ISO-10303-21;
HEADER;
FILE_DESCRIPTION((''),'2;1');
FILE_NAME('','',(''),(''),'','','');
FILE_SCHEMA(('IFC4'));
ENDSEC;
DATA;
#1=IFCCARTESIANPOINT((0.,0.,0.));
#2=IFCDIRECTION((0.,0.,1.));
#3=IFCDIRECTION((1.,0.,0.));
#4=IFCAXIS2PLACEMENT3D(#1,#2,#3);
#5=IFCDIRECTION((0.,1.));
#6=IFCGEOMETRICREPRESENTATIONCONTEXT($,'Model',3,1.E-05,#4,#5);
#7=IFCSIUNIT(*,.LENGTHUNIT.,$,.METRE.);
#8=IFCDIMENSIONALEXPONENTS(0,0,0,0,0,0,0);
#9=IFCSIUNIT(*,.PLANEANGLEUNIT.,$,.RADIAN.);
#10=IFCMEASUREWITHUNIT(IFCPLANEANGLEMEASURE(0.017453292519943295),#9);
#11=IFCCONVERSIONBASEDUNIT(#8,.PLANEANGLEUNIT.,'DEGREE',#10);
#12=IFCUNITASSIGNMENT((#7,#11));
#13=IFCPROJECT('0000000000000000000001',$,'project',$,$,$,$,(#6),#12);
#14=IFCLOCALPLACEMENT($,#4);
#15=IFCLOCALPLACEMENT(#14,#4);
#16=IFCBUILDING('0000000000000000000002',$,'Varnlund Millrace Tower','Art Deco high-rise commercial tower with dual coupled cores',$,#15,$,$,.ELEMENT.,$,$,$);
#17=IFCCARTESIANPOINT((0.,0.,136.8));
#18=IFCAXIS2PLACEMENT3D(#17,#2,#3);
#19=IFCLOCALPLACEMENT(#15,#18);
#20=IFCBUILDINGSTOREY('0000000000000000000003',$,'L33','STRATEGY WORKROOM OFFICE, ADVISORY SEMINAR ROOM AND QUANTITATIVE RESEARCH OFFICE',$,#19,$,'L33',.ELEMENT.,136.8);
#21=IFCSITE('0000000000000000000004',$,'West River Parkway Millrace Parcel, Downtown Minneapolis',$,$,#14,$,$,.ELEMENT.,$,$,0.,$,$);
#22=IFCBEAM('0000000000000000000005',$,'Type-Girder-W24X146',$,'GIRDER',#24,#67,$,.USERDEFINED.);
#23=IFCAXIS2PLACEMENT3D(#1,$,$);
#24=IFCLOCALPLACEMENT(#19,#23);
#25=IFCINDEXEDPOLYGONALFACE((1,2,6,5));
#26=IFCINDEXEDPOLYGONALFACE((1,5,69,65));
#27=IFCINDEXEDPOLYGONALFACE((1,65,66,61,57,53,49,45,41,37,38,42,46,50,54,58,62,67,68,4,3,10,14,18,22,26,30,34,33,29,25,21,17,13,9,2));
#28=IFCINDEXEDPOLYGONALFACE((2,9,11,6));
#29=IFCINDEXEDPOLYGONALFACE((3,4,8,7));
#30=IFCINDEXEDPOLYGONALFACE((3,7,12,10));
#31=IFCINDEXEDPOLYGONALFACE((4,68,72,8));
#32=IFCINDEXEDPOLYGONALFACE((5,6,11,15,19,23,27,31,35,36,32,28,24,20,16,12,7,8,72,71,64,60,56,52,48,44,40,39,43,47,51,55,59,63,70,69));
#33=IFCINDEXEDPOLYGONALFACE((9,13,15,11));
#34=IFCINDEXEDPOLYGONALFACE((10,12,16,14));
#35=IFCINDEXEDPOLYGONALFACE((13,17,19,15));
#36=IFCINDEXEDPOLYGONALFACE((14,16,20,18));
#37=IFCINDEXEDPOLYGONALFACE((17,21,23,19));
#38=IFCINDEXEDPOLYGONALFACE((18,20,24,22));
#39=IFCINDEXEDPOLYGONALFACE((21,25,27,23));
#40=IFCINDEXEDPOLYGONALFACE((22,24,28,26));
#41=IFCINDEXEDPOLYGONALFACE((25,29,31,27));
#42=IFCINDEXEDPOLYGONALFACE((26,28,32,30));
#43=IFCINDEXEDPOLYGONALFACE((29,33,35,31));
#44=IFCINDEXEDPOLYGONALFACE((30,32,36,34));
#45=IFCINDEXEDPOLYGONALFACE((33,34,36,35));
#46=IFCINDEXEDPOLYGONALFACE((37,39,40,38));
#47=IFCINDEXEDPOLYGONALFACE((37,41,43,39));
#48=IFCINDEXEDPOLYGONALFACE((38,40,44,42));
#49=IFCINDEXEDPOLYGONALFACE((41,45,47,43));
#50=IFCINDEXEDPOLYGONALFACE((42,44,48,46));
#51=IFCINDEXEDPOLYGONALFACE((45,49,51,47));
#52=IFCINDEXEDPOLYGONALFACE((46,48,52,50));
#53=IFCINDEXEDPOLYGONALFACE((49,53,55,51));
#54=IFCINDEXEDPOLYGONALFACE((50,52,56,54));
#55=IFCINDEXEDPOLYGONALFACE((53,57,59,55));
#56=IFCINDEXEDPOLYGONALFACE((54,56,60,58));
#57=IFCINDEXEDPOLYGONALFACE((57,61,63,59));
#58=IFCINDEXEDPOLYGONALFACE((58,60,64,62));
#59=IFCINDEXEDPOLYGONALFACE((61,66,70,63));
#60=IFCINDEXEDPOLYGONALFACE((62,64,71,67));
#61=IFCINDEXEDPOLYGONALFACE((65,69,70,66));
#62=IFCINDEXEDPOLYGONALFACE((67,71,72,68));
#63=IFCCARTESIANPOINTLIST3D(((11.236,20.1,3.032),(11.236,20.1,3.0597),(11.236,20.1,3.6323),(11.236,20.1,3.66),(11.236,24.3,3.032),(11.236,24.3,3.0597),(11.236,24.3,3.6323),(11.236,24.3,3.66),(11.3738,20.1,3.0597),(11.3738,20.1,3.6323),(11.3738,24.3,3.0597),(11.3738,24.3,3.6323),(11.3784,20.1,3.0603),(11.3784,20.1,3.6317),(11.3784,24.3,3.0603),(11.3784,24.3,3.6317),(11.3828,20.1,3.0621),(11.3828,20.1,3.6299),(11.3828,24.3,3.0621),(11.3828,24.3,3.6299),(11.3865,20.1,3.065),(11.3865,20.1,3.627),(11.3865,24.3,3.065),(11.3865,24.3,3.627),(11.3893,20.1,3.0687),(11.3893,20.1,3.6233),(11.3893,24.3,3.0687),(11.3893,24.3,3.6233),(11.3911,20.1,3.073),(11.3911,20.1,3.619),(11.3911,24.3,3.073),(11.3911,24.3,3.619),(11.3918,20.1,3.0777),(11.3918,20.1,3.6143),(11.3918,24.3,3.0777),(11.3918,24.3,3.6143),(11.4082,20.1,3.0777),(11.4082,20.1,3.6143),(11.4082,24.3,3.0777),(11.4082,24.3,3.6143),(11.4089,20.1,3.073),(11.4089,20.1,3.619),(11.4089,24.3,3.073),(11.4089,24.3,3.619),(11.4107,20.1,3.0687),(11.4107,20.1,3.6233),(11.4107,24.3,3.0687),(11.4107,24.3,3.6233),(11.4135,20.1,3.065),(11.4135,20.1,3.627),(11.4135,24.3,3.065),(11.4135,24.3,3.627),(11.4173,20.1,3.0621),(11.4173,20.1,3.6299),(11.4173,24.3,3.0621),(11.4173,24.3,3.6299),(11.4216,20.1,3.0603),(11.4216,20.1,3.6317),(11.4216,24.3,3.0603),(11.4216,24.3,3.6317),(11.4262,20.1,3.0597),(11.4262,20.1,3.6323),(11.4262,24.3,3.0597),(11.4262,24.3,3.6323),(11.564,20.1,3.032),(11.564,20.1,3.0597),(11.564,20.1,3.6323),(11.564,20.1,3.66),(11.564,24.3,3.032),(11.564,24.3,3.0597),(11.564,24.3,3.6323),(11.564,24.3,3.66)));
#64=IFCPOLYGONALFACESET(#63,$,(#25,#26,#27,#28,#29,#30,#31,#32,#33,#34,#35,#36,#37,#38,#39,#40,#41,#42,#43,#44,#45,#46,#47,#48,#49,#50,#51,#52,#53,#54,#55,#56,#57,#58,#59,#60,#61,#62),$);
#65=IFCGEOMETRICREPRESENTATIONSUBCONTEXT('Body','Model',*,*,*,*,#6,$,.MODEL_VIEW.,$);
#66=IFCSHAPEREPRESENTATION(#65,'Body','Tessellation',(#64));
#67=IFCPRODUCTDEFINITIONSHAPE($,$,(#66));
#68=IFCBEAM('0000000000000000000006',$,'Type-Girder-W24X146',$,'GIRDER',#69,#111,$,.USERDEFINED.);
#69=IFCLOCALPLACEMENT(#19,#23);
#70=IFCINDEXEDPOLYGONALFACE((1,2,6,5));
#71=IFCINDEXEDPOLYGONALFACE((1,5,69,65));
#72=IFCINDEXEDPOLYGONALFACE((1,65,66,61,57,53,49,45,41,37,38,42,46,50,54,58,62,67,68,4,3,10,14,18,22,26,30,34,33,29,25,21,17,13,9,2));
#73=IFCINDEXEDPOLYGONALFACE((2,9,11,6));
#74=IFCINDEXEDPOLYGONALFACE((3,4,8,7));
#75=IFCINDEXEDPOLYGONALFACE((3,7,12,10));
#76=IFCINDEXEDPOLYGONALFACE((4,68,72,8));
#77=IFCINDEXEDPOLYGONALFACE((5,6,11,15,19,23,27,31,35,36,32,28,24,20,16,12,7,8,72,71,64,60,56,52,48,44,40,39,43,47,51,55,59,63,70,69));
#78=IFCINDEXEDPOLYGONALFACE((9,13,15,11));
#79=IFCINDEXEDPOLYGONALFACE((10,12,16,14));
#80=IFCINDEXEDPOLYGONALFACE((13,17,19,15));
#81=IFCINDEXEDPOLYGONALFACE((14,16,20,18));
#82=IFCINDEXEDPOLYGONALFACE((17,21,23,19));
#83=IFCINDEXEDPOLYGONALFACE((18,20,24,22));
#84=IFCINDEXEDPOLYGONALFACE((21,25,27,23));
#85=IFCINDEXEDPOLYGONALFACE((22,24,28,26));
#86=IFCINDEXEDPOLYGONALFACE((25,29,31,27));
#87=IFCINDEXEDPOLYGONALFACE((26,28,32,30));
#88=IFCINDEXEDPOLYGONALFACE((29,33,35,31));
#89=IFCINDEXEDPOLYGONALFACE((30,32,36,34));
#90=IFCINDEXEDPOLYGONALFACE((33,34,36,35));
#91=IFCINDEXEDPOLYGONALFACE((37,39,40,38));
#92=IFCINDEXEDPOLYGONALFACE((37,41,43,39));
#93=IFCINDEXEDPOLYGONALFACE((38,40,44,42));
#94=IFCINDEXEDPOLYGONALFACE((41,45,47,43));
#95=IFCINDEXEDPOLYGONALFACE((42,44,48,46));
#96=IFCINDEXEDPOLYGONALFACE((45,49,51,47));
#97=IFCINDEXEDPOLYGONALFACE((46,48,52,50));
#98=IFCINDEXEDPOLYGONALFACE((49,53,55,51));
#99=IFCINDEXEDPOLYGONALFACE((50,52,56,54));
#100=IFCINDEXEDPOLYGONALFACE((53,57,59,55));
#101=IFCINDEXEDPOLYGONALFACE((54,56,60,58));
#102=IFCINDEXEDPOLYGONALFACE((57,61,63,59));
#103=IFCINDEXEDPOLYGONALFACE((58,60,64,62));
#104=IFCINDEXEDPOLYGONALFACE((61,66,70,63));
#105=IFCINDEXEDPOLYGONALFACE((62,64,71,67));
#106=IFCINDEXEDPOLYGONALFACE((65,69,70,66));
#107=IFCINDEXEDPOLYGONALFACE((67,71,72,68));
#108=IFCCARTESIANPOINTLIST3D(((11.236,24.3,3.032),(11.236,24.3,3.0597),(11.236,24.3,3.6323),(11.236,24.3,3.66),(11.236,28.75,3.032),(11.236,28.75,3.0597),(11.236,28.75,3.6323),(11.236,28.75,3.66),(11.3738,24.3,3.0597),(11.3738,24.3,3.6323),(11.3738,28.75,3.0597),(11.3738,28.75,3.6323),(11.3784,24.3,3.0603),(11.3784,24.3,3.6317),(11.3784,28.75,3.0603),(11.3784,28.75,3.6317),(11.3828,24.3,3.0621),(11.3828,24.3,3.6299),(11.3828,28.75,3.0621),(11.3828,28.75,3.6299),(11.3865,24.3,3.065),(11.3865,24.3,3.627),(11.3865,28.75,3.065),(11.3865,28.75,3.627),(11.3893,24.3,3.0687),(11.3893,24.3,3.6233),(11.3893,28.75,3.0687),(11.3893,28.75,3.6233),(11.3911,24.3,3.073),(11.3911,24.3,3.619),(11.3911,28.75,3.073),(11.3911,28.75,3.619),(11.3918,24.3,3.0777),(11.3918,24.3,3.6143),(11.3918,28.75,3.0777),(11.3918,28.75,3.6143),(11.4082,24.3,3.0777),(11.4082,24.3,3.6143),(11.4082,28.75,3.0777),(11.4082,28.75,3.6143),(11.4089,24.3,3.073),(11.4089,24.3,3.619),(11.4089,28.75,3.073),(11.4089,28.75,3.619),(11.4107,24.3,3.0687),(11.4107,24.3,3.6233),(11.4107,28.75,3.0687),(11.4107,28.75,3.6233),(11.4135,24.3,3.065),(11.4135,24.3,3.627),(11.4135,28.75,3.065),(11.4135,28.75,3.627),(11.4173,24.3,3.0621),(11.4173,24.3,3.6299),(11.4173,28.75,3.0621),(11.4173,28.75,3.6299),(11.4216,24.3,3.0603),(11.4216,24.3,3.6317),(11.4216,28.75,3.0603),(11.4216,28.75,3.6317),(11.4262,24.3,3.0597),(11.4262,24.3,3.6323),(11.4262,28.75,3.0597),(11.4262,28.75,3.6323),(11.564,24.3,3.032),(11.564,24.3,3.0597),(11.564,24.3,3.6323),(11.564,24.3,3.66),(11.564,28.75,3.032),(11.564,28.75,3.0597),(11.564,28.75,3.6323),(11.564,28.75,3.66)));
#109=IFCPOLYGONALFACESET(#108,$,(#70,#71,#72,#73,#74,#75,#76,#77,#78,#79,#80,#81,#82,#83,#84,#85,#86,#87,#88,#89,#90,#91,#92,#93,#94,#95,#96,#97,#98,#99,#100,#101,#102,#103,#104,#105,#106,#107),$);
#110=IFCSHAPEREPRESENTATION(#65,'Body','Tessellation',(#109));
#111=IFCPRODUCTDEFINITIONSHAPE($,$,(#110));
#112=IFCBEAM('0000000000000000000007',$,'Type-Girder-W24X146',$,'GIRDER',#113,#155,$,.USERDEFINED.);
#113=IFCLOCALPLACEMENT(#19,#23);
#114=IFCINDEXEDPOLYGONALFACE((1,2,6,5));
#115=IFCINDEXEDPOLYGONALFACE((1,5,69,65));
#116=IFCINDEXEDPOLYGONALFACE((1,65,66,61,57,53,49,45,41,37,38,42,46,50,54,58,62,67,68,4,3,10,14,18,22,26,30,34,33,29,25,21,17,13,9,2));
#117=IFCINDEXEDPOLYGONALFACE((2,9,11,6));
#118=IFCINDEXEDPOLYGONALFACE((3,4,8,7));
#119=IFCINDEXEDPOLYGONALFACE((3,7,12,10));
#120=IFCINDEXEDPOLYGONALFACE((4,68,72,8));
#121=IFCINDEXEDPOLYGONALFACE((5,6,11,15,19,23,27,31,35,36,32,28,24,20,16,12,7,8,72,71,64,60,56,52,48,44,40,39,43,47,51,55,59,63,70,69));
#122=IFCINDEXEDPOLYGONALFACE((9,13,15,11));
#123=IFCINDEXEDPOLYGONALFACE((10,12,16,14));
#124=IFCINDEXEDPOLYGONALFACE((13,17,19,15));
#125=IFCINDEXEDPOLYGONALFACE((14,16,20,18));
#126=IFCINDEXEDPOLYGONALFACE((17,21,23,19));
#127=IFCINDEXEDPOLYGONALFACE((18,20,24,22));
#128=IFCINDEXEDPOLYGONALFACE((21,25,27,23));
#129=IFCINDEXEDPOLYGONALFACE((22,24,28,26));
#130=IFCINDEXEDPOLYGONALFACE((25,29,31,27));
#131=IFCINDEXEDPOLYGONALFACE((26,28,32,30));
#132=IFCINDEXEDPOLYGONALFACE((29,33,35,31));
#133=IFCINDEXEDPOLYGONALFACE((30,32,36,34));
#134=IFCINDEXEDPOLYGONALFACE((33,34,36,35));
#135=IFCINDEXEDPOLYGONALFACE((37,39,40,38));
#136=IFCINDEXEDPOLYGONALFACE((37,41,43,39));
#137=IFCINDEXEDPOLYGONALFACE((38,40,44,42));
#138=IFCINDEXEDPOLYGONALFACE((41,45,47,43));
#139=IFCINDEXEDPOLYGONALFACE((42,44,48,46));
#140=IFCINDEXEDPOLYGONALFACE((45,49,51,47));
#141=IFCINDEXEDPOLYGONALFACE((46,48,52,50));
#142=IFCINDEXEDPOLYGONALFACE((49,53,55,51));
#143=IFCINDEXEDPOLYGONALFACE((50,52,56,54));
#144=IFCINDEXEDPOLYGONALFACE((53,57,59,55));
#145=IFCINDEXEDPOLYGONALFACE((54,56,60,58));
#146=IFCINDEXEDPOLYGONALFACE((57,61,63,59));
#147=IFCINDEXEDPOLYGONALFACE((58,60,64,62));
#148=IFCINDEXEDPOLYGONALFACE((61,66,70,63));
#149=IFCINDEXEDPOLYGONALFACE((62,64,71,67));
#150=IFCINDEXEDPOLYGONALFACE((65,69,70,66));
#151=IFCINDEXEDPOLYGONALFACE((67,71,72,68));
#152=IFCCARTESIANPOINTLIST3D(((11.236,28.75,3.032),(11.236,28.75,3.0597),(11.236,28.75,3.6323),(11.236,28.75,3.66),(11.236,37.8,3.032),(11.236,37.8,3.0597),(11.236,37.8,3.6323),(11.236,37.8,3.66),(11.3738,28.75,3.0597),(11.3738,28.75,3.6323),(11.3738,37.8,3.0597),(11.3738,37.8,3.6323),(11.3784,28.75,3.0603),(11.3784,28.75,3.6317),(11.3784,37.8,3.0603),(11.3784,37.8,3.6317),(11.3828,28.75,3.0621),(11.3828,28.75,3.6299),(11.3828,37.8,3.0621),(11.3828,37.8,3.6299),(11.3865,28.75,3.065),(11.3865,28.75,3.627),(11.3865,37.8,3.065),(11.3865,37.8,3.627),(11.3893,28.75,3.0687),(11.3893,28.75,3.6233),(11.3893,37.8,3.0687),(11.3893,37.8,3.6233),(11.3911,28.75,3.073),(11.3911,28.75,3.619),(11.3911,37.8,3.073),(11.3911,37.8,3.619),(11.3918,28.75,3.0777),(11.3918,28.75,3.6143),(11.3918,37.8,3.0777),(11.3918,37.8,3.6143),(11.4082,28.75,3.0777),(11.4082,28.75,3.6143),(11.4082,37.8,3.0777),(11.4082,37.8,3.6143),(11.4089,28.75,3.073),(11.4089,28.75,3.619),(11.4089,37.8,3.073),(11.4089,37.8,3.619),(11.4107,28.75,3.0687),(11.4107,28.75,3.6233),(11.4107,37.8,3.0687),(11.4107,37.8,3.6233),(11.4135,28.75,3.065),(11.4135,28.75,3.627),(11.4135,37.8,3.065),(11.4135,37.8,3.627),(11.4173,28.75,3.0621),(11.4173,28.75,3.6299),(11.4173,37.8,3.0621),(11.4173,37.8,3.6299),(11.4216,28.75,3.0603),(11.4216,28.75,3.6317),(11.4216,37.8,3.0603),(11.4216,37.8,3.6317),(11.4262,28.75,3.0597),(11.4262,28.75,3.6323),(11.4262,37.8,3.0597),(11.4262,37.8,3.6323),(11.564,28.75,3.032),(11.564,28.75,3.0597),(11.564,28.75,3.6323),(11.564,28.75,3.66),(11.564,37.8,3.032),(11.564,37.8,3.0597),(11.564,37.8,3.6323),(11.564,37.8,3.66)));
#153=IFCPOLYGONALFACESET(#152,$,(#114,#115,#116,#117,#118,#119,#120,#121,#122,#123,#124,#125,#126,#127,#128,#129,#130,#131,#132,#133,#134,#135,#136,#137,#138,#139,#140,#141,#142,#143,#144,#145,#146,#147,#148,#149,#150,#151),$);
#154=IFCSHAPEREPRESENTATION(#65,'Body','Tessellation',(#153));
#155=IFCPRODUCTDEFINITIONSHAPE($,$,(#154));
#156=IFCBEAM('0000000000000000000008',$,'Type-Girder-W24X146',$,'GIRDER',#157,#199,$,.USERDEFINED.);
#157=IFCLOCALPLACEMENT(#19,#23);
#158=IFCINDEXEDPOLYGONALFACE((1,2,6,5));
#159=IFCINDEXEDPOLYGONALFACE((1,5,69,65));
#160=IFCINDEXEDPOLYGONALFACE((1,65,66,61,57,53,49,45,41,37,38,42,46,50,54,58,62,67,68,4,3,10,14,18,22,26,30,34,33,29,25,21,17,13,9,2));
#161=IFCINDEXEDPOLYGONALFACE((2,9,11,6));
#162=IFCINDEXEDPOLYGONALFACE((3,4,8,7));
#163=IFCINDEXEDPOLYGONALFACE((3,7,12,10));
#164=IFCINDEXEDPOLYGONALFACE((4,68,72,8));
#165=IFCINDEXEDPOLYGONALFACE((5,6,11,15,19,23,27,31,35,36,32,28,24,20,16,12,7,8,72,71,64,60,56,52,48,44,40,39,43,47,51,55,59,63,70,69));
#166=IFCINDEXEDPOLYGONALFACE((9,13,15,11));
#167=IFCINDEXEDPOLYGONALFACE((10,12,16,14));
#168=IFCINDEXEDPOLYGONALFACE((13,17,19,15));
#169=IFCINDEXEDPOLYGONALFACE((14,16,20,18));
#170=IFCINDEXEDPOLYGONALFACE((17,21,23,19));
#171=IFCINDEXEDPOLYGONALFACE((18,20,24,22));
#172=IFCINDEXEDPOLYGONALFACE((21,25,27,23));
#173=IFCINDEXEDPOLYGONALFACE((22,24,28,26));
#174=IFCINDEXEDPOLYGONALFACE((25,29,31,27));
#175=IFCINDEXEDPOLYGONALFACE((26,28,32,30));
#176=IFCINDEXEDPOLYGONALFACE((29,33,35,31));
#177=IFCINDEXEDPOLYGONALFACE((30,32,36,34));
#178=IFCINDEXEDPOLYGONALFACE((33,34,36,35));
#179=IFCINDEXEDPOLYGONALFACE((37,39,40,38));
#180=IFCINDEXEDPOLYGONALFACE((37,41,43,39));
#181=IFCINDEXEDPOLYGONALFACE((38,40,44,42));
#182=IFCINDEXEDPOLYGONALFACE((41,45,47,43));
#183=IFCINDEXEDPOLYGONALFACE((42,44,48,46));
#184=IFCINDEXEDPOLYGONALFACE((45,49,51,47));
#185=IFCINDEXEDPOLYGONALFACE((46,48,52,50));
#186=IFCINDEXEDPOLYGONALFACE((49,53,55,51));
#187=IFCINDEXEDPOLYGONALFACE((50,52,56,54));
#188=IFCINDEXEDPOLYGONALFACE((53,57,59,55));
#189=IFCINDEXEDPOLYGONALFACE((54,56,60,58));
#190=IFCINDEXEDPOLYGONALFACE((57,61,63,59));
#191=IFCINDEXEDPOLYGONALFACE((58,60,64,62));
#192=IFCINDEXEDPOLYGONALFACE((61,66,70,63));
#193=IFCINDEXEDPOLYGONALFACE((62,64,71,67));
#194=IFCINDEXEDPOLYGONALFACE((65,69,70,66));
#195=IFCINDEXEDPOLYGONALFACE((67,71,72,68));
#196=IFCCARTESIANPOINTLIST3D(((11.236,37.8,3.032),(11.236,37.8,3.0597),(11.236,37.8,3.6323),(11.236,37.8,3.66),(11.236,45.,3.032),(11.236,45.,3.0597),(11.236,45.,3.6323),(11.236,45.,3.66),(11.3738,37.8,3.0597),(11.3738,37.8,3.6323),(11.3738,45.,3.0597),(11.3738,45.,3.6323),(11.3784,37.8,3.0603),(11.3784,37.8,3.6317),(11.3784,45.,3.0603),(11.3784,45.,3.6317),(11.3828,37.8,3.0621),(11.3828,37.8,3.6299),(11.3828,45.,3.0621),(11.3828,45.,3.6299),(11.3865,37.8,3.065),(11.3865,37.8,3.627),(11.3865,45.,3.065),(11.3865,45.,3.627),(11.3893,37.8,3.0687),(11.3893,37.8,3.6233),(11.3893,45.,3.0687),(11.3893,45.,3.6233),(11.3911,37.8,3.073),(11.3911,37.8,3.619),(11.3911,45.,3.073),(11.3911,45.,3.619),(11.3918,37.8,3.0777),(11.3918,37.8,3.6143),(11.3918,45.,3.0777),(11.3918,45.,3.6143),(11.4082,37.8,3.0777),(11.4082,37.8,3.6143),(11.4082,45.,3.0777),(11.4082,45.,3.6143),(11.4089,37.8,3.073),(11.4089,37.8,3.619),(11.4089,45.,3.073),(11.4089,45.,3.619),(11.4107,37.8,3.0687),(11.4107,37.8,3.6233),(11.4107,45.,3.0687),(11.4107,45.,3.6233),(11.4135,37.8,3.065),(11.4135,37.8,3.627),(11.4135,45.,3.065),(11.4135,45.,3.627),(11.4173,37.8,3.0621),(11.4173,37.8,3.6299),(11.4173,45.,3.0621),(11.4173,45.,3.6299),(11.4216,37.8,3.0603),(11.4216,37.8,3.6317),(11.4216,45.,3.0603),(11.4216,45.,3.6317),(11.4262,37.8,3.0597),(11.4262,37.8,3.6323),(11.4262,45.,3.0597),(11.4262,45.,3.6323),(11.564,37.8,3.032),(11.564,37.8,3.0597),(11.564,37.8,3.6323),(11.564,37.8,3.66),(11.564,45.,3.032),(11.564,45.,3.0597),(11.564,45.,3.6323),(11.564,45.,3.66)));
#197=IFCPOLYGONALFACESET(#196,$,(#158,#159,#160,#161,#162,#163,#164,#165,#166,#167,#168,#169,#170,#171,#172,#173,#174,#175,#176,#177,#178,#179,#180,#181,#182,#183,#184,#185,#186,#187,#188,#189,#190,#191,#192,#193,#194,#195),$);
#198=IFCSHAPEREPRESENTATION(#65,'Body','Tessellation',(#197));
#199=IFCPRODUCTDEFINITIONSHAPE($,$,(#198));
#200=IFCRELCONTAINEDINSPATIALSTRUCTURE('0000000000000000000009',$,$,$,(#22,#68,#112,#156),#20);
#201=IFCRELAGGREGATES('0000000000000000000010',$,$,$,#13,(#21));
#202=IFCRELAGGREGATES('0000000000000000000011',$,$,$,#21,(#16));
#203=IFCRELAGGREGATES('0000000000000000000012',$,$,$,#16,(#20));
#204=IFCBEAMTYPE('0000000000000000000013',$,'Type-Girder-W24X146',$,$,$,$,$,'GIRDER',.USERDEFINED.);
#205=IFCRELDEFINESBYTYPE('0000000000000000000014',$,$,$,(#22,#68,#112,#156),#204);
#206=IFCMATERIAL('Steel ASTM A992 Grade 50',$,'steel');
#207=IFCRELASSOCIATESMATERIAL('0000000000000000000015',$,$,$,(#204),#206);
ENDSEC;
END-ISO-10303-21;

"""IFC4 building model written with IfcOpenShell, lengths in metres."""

from ifc_helpers import new_model, entity, si_unit, converted_unit, direction, frame, origin_with_axes, origin_2d_with_axis, place, context, subcontext, project, spatial, i_section, extrude, material, material_profile, profile_set, type_object, element, save


model = new_model("IFC4")

# Units and contexts
model_context = context("Model", 3, precision=1e-05, world=origin_with_axes(), true_north=direction((0.0, 1.0)))
body_context = subcontext(model_context, "Body", "Model", "MODEL_VIEW")
ifc_project = project(units=[si_unit("LENGTHUNIT", "METRE"), converted_unit("PLANEANGLEUNIT", "DEGREE", entity("IfcPlaneAngleMeasure", 0.017453292519943295), si_unit("PLANEANGLEUNIT", "RADIAN"), dimensions=[0, 0, 0, 0, 0, 0, 0])], contexts=[model_context])

# Site, building, storey
site_placement = place(None, origin_with_axes())
site = spatial("IfcSite", under=ifc_project, at=site_placement, Name="West River Parkway Millrace Parcel, Downtown Minneapolis", CompositionType="ELEMENT", RefElevation=0.0)
building_placement = place(site_placement, origin_with_axes())
building = spatial("IfcBuilding", under=site, at=building_placement, Name="Varnlund Millrace Tower", Description="Art Deco high-rise commercial tower with dual coupled cores", CompositionType="ELEMENT")
storey_placement = place(building_placement, frame((0.0, 0.0, 136.8), z_axis=(0.0, 0.0, 1.0), x_axis=(1.0, 0.0, 0.0)))
storey = spatial("IfcBuildingStorey", under=building, at=storey_placement, Name="L33", Description="STRATEGY WORKROOM OFFICE, ADVISORY SEMINAR ROOM AND QUANTITATIVE RESEARCH OFFICE", LongName="L33", CompositionType="ELEMENT", Elevation=136.8)

# Beams
ifc_material_1 = material(Name="Steel ASTM A992 Grade 50", Category="steel")
ifc_material_profile_1 = material_profile(ifc_material_1, i_section(OverallWidth=0.328, OverallDepth=0.628, WebThickness=0.0165, FlangeThickness=0.0277, FilletRadius=0.018, at=origin_2d_with_axis()), Name="Steel ASTM A992 Grade 50")
ifc_profile_set_1 = profile_set([ifc_material_profile_1], Name="Steel ASTM A992 Grade 50")
beam_type_1 = type_object("IfcBeamType", Name="Type-Girder-W24X146", ElementType="GIRDER", PredefinedType="USERDEFINED", material=ifc_profile_set_1)
beam_1_placement = place(storey_placement, frame((11.4, 20.1, 3.346), z_axis=(0.0, 1.0, 0.0), x_axis=(-1.0, 0.0, 0.0)))
element("IfcBeam", 1, at=beam_1_placement, inside=storey, type_object=beam_type_1, Name="Type-Girder-W24X146", ObjectType="GIRDER", PredefinedType="USERDEFINED", context=body_context, shape_type="SweptSolid", body=[
    extrude(i_section(OverallWidth=0.328, OverallDepth=0.628, WebThickness=0.0165, FlangeThickness=0.0277, FilletRadius=0.018, at=origin_2d_with_axis()), origin_with_axes(), (0.0, 0.0, 1.0), 4.2),
])
beam_2_placement = place(storey_placement, frame((11.4, 24.3, 3.346), z_axis=(0.0, 1.0, 0.0), x_axis=(-1.0, 0.0, 0.0)))
element("IfcBeam", 2, at=beam_2_placement, inside=storey, type_object=beam_type_1, Name="Type-Girder-W24X146", ObjectType="GIRDER", PredefinedType="USERDEFINED", context=body_context, shape_type="SweptSolid", body=[
    extrude(i_section(OverallWidth=0.328, OverallDepth=0.628, WebThickness=0.0165, FlangeThickness=0.0277, FilletRadius=0.018, at=origin_2d_with_axis()), origin_with_axes(), (0.0, 0.0, 1.0), 4.45),
])
beam_3_placement = place(storey_placement, frame((11.4, 28.75, 3.346), z_axis=(0.0, 1.0, 0.0), x_axis=(-1.0, 0.0, 0.0)))
element("IfcBeam", 3, at=beam_3_placement, inside=storey, type_object=beam_type_1, Name="Type-Girder-W24X146", ObjectType="GIRDER", PredefinedType="USERDEFINED", context=body_context, shape_type="SweptSolid", body=[
    extrude(i_section(OverallWidth=0.328, OverallDepth=0.628, WebThickness=0.0165, FlangeThickness=0.0277, FilletRadius=0.018, at=origin_2d_with_axis()), origin_with_axes(), (0.0, 0.0, 1.0), 9.05),
])
beam_4_placement = place(storey_placement, frame((11.4, 37.8, 3.346), z_axis=(0.0, 1.0, 0.0), x_axis=(-1.0, 0.0, 0.0)))
element("IfcBeam", 4, at=beam_4_placement, inside=storey, type_object=beam_type_1, Name="Type-Girder-W24X146", ObjectType="GIRDER", PredefinedType="USERDEFINED", context=body_context, shape_type="SweptSolid", body=[
    extrude(i_section(OverallWidth=0.328, OverallDepth=0.628, WebThickness=0.0165, FlangeThickness=0.0277, FilletRadius=0.018, at=origin_2d_with_axis()), origin_with_axes(), (0.0, 0.0, 1.0), 7.2),
])

save(model, "model.ifc")
